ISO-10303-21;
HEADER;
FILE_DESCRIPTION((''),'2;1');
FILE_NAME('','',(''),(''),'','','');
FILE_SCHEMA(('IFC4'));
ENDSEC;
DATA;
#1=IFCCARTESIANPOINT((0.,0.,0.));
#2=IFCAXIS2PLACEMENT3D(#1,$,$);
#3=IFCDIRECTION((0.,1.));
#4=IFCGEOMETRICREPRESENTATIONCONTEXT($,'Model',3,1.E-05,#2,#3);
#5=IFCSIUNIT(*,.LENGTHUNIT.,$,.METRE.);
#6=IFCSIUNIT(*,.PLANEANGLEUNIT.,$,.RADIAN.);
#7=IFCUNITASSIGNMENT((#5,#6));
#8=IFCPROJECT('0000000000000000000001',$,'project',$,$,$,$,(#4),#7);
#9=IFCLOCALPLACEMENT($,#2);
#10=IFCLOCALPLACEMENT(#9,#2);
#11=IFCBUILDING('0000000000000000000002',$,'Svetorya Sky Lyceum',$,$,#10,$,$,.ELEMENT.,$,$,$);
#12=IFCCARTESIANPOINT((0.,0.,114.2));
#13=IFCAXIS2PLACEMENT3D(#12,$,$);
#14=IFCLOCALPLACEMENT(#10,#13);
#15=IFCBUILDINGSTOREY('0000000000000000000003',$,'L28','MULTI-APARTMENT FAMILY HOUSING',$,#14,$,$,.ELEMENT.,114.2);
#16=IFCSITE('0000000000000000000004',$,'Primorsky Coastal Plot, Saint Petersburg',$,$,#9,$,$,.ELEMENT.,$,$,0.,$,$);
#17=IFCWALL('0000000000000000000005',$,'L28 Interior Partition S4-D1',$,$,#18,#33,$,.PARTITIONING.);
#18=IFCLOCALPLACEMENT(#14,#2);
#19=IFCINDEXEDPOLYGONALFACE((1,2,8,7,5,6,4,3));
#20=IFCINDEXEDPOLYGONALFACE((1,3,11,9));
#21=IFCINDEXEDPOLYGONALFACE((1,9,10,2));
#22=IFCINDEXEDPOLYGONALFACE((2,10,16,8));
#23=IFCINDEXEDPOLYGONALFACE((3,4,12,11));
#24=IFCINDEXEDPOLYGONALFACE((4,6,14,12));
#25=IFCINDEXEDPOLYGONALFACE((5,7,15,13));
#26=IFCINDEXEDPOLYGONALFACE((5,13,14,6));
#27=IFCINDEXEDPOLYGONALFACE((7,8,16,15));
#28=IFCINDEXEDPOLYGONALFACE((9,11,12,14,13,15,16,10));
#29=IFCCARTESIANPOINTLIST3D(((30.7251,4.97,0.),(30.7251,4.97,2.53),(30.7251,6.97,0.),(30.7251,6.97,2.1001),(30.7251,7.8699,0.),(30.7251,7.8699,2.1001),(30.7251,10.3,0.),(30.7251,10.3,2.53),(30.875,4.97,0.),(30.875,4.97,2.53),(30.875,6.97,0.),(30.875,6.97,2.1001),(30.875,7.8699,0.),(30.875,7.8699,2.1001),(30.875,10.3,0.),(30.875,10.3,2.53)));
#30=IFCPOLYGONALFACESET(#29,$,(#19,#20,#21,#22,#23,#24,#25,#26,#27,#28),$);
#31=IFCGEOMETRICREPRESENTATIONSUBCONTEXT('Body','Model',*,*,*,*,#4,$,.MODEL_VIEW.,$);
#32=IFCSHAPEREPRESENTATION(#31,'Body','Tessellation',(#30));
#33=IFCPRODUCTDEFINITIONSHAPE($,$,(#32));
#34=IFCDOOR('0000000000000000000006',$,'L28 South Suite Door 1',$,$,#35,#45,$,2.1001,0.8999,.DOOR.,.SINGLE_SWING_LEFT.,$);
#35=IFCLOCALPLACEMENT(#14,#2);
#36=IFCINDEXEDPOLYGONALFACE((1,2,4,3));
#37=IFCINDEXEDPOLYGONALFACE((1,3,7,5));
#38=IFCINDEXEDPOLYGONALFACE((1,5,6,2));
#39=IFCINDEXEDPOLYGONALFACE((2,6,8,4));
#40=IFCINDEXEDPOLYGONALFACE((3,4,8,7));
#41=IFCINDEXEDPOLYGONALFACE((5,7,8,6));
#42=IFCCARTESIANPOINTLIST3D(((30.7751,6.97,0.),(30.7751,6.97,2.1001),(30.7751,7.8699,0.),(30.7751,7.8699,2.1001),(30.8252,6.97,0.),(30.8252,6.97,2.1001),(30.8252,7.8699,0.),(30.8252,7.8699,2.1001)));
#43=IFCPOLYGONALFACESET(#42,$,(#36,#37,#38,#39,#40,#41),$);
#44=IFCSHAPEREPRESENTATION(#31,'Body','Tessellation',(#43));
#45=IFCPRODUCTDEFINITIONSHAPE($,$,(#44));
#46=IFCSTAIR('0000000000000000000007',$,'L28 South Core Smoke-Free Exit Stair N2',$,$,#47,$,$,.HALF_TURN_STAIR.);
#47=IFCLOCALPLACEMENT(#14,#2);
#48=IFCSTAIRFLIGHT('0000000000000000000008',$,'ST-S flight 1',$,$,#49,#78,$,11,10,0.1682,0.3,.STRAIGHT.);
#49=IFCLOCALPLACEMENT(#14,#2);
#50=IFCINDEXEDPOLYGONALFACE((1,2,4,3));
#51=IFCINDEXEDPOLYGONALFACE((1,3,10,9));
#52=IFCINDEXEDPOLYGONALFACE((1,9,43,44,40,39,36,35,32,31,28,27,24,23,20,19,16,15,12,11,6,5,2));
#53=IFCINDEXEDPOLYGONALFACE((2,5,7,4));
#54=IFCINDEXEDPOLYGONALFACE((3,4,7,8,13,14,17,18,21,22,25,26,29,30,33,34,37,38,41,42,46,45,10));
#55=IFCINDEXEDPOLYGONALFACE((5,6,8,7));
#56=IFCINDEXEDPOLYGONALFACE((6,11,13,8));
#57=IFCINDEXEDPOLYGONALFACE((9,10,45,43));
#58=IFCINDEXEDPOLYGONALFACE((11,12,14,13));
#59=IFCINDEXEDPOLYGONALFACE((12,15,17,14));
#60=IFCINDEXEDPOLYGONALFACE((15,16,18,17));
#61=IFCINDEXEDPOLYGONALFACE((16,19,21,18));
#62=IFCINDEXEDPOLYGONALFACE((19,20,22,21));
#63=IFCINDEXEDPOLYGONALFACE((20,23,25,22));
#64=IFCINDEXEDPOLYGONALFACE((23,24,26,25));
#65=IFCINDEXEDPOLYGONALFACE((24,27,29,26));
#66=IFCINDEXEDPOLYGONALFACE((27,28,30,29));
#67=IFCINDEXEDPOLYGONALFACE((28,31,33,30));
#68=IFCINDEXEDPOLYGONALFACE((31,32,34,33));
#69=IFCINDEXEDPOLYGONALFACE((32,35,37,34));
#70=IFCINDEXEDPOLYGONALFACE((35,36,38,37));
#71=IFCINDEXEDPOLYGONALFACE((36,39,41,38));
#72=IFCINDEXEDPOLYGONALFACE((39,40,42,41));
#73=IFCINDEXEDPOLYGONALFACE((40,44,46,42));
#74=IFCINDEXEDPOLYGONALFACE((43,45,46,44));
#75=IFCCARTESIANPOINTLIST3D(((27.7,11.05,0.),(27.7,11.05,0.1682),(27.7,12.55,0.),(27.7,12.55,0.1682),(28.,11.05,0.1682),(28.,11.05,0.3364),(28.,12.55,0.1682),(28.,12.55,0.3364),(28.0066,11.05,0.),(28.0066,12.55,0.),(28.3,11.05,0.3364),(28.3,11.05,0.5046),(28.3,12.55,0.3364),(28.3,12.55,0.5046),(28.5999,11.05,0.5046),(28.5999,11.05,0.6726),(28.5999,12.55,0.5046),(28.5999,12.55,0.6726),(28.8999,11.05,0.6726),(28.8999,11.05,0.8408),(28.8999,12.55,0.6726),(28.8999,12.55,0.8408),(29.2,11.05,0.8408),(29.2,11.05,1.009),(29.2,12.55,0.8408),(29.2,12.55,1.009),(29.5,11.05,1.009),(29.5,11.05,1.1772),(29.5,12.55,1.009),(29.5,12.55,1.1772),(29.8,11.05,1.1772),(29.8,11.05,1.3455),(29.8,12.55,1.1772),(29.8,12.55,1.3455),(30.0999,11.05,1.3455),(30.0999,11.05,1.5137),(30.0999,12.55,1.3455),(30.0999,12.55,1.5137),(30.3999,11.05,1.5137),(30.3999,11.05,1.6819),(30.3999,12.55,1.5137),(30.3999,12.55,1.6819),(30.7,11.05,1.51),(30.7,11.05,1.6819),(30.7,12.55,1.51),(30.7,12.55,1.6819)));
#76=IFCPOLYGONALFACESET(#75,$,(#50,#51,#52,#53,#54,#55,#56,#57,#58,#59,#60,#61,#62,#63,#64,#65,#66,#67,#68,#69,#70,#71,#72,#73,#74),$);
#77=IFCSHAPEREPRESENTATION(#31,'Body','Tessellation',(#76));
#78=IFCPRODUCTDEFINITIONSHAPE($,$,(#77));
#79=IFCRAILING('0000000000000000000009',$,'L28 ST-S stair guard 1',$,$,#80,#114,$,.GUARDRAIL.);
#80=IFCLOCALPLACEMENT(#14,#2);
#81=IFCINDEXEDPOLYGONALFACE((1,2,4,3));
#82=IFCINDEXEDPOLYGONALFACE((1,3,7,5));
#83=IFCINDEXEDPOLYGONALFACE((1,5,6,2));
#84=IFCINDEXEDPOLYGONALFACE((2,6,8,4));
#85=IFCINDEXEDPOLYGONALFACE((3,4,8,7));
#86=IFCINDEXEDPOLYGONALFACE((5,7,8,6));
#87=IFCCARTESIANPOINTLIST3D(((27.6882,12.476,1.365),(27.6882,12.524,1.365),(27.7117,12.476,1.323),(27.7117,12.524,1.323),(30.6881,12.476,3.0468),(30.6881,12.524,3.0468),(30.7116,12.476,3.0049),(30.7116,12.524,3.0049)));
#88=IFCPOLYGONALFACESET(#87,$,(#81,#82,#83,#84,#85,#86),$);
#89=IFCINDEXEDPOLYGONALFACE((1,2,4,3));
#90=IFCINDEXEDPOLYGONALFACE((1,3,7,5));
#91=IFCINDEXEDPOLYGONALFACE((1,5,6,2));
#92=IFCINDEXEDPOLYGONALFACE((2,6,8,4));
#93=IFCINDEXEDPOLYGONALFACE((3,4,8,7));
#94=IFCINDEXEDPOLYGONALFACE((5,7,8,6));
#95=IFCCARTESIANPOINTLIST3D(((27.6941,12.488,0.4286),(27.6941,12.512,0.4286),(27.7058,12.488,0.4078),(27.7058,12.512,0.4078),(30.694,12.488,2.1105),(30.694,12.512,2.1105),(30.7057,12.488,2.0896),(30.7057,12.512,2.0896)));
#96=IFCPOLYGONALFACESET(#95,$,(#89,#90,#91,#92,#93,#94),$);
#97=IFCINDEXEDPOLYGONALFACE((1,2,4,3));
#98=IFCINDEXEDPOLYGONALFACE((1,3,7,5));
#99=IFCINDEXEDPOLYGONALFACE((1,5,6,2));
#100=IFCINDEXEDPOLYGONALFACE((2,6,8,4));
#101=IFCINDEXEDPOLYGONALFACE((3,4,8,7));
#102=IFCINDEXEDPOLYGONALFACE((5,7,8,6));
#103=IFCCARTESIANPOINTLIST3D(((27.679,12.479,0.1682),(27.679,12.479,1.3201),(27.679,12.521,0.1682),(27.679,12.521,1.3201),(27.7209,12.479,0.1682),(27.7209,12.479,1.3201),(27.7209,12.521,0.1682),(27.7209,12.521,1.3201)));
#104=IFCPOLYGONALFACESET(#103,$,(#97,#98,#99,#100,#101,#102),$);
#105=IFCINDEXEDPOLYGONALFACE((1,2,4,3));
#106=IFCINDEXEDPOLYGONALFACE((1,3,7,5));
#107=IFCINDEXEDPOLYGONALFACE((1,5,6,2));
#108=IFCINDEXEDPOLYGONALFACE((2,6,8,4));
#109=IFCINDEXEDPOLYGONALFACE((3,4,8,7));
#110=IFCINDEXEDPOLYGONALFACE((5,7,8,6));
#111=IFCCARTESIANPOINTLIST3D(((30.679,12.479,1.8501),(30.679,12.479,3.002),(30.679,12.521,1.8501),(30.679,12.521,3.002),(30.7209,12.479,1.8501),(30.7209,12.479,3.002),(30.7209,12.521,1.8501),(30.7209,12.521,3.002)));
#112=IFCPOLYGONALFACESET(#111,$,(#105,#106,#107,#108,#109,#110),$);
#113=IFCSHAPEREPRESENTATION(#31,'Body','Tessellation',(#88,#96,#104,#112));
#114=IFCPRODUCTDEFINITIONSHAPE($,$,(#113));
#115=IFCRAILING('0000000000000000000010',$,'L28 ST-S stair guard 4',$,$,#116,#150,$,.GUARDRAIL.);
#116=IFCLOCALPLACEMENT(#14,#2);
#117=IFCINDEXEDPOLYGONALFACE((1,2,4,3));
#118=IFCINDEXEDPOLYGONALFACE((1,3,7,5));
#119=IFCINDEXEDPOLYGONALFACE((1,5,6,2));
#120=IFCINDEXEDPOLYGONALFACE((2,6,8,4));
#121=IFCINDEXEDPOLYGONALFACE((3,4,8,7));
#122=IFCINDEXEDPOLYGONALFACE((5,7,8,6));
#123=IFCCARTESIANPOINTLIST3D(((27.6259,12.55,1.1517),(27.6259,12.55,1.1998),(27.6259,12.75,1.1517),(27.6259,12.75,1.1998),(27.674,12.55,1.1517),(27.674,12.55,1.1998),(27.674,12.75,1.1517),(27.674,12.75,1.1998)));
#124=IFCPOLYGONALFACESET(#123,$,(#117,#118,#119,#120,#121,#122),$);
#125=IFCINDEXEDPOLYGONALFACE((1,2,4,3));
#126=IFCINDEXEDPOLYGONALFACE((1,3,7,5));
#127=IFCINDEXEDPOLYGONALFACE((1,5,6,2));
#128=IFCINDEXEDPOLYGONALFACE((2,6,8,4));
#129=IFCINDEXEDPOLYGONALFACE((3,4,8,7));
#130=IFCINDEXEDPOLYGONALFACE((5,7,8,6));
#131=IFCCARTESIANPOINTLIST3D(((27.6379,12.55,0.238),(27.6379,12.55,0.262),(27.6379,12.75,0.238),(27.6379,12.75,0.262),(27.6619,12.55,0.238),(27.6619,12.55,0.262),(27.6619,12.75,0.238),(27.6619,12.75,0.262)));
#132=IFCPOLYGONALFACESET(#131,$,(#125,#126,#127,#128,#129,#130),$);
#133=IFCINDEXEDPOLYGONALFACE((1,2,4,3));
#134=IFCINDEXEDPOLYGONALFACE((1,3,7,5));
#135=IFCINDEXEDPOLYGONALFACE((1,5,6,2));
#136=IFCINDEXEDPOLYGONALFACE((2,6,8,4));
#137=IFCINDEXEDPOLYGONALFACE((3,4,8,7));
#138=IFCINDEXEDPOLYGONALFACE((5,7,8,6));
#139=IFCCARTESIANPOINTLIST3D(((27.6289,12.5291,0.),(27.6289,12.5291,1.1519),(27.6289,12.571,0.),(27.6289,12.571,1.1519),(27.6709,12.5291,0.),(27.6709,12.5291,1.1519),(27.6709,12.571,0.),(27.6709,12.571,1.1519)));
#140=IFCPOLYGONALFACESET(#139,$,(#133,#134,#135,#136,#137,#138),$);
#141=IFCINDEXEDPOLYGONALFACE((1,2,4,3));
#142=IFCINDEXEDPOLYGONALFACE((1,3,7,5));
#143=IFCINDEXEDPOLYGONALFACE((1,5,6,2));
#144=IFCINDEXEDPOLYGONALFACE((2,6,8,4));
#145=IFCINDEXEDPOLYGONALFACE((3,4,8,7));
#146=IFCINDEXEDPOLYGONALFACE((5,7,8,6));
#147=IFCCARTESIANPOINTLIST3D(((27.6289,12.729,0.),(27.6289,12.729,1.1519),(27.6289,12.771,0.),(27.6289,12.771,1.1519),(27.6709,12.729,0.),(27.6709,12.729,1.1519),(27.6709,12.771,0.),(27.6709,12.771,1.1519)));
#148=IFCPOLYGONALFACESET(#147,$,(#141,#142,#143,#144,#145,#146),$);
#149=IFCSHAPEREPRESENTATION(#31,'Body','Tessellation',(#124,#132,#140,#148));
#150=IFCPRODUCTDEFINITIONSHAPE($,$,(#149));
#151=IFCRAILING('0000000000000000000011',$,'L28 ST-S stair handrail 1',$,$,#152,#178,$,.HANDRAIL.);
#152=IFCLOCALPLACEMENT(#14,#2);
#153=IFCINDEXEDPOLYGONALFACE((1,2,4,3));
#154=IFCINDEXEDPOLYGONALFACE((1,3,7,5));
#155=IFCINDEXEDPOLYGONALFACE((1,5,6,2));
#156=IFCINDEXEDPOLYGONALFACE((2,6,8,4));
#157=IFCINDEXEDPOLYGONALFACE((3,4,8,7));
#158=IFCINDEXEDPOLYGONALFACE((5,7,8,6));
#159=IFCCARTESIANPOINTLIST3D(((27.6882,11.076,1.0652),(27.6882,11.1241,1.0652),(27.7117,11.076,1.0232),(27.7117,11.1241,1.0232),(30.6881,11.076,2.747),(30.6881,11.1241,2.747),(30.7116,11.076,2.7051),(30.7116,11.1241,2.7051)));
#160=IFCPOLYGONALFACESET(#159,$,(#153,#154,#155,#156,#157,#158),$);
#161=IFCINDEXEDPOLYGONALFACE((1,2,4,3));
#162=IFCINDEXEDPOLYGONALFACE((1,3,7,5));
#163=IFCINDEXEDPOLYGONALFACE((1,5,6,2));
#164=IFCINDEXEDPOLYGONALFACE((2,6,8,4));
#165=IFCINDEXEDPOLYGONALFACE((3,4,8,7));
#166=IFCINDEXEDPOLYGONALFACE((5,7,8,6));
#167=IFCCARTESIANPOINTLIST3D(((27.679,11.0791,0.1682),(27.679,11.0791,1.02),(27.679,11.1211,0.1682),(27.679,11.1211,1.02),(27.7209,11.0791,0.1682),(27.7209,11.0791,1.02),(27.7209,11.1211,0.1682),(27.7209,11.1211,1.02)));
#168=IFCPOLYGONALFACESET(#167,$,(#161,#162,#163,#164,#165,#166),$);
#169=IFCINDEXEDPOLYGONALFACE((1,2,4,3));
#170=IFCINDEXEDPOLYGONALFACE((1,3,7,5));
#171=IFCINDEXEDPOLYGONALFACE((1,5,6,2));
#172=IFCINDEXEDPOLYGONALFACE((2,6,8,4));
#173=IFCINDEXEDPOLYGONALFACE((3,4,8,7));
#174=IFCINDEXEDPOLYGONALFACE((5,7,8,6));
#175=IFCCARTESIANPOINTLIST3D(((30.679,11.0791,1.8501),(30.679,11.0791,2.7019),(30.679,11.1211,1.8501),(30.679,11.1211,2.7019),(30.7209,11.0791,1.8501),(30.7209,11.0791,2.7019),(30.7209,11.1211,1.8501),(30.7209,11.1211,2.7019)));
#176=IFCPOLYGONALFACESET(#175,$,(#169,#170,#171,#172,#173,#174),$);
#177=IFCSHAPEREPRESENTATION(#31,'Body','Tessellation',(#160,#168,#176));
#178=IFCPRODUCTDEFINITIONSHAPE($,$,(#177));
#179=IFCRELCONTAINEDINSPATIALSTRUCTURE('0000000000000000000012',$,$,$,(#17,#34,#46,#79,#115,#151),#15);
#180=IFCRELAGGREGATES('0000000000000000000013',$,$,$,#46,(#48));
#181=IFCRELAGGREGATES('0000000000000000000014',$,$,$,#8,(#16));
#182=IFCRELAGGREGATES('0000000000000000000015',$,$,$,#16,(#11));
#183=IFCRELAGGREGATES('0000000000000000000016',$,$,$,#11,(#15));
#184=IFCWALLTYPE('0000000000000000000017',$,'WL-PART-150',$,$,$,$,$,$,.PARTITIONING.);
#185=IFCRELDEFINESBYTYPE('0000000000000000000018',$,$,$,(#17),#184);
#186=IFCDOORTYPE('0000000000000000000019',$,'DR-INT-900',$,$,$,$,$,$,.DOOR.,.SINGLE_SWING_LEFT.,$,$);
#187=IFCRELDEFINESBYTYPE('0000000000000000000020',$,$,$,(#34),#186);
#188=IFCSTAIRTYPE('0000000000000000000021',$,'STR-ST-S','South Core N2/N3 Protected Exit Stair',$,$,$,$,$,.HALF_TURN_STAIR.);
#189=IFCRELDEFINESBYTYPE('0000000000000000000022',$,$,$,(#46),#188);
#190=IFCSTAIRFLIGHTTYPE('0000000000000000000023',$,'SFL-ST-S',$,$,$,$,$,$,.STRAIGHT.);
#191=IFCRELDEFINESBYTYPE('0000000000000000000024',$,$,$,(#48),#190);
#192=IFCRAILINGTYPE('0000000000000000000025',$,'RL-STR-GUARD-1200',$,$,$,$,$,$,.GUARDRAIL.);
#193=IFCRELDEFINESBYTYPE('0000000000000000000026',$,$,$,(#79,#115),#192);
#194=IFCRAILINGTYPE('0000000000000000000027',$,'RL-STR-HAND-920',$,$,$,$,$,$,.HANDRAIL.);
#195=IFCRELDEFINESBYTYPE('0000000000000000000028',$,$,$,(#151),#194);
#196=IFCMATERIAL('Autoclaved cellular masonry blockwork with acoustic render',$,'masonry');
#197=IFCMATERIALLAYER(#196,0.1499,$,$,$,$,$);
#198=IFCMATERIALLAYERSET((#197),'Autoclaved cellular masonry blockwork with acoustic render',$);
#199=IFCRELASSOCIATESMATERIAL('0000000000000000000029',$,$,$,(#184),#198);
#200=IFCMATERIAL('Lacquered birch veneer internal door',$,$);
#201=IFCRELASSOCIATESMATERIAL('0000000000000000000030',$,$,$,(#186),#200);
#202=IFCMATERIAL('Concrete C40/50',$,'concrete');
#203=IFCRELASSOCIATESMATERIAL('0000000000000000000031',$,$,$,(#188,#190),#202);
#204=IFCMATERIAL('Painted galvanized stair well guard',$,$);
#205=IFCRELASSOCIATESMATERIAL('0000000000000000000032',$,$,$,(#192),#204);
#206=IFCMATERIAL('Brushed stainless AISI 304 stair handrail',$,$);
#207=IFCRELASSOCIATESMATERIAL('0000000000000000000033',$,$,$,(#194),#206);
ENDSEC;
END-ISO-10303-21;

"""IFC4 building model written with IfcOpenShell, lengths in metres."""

from ifc_helpers import new_model, si_unit, direction, frame, frame_2d, origin, origin_2d, place, context, subcontext, project, spatial, polyline, rectangle, outline, extrude, material, layer, layer_set, type_object, element, fill, aggregate, save


model = new_model("IFC4")

# Units and contexts
model_context = context("Model", 3, precision=1e-05, world=origin(), true_north=direction((0.0, 1.0)))
body_context = subcontext(model_context, "Body", "Model", "MODEL_VIEW")
ifc_project = project(units=[si_unit("LENGTHUNIT", "METRE"), si_unit("PLANEANGLEUNIT", "RADIAN")], contexts=[model_context])

# Site, building, storey
site_placement = place(None, origin())
site = spatial("IfcSite", under=ifc_project, at=site_placement, Name="Primorsky Coastal Plot, Saint Petersburg", CompositionType="ELEMENT", RefElevation=0.0)
building_placement = place(site_placement, origin())
building = spatial("IfcBuilding", under=site, at=building_placement, Name="Svetorya Sky Lyceum", CompositionType="ELEMENT")
storey_placement = place(building_placement, frame((0.0, 0.0, 114.2)))
storey = spatial("IfcBuildingStorey", under=building, at=storey_placement, Name="L28", Description="MULTI-APARTMENT FAMILY HOUSING", CompositionType="ELEMENT", Elevation=114.2)

# Shared definitions
ifc_material_1 = material(Name="Concrete C40/50", Category="concrete")

# Wall, opening, door
ifc_material_2 = material(Name="Autoclaved cellular masonry blockwork with acoustic render", Category="masonry")
ifc_layer_1 = layer(ifc_material_2, 0.1499)
ifc_layer_set_1 = layer_set([ifc_layer_1], Name="Autoclaved cellular masonry blockwork with acoustic render")
wall_type_1 = type_object("IfcWallType", Name="WL-PART-150", PredefinedType="PARTITIONING", material=ifc_layer_set_1)
wall_1_placement = place(storey_placement, frame((30.8, 4.97, 0.0), z_axis=(0.0, 0.0, 1.0), x_axis=(0.0, 1.0, 0.0)))
wall_1 = element("IfcWall", 1, at=wall_1_placement, inside=storey, type_object=wall_type_1, Name="L28 Interior Partition S4-D1", PredefinedType="PARTITIONING", context=body_context, shape_type="SweptSolid", body=[
    extrude(rectangle(XDim=5.3301, YDim=0.1499, at=frame_2d((2.665, 0.0))), origin(), (0.0, 0.0, 1.0), 2.53),
])
opening_placement = place(wall_1_placement, frame((2.0, 0.0, 0.0)))
opening = element("IfcOpeningElement", 2, at=opening_placement, cuts=wall_1, PredefinedType="OPENING", context=body_context, shape_type="SweptSolid", body=[
    extrude(rectangle(XDim=0.8999, YDim=2.1001, at=frame_2d((0.45, 1.05))), frame((0.0, 0.085, 0.0), z_axis=(0.0, -1.0, 0.0), x_axis=(1.0, 0.0, 0.0)), (0.0, 0.0, 1.0), 0.1699),
])
ifc_material_3 = material(Name="Lacquered birch veneer internal door")
door_type = type_object("IfcDoorType", Name="DR-INT-900", OperationType="SINGLE_SWING_LEFT", PredefinedType="DOOR", material=ifc_material_3)
door_placement = place(opening_placement, origin())
door = element("IfcDoor", 3, at=door_placement, inside=storey, type_object=door_type, Name="L28 South Suite Door 1", OperationType="SINGLE_SWING_LEFT", OverallHeight=2.1001, OverallWidth=0.8999, PredefinedType="DOOR", context=body_context, shape_type="SweptSolid", body=[
    extrude(rectangle(XDim=0.8999, YDim=2.1001, at=frame_2d((0.45, 1.05))), frame((0.0, 0.0249, 0.0), z_axis=(0.0, -1.0, 0.0), x_axis=(1.0, 0.0, 0.0)), (0.0, 0.0, 1.0), 0.05),
])
fill(opening, door)

# Stair, stair flight
stair_type = type_object("IfcStairType", Name="STR-ST-S", Description="South Core N2/N3 Protected Exit Stair", PredefinedType="HALF_TURN_STAIR", material=ifc_material_1)
stair_placement = place(storey_placement, origin())
stair = element("IfcStair", 4, at=stair_placement, inside=storey, type_object=stair_type, Name="L28 South Core Smoke-Free Exit Stair N2", PredefinedType="HALF_TURN_STAIR")
stair_flight_type = type_object("IfcStairFlightType", Name="SFL-ST-S", PredefinedType="STRAIGHT", material=ifc_material_1)
stair_flight_placement = place(storey_placement, frame((27.7, 11.8, 0.0), z_axis=(0.0, 0.0, 1.0), x_axis=(1.0, 0.0, 0.0)))
stair_flight = element("IfcStairFlight", 5, at=stair_flight_placement, type_object=stair_flight_type, Name="ST-S flight 1", NumberOfRisers=11, NumberOfTreads=10, PredefinedType="STRAIGHT", RiserHeight=0.1682, TreadLength=0.3, context=body_context, shape_type="SweptSolid", body=[
    extrude(outline(polyline([(0.0, 0.0), (0.0, 0.1682), (0.3, 0.1682), (0.3, 0.3364), (0.6001, 0.3364), (0.6001, 0.5046), (0.8999, 0.5046), (0.8999, 0.6726), (1.2, 0.6726), (1.2, 0.8408), (1.5, 0.8408), (1.5, 1.009), (1.8, 1.009), (1.8, 1.1772), (2.1001, 1.1772), (2.1001, 1.3455), (2.3999, 1.3455), (2.3999, 1.5137), (2.7, 1.5137), (2.7, 1.6819), (3.0, 1.6819), (3.0, 1.8501), (3.0, 1.51), (0.3066, 0.0), (0.0, 0.0)])), frame((0.0, 0.75, 0.0), z_axis=(0.0, -1.0, 0.0), x_axis=(1.0, 0.0, 0.0)), (0.0, 0.0, 1.0), 1.5),
])
aggregate(stair, [stair_flight])

# Railings
ifc_material_4 = material(Name="Painted galvanized stair well guard")
railing_type_1 = type_object("IfcRailingType", Name="RL-STR-GUARD-1200", PredefinedType="GUARDRAIL", material=ifc_material_4)
railing_1_placement = place(storey_placement, frame((27.7, 12.5, 0.1682)))
element("IfcRailing", 6, at=railing_1_placement, inside=storey, type_object=railing_type_1, Name="L28 ST-S stair guard 1", PredefinedType="GUARDRAIL", context=body_context, shape_type="SweptSolid", body=[
    extrude(rectangle(XDim=0.0481, YDim=0.0481, at=origin_2d()), frame((0.0, 0.0, 1.1758), z_axis=(0.872272, 0.0, 0.48902), x_axis=(0.0, 1.0, 0.0)), (0.0, 0.0, 1.0), 3.4392),
    extrude(rectangle(XDim=0.0239, YDim=0.0239, at=origin_2d()), frame((0.0, 0.0, 0.25), z_axis=(0.872272, 0.0, 0.48902), x_axis=(0.0, 1.0, 0.0)), (0.0, 0.0, 1.0), 3.4392),
    extrude(rectangle(XDim=0.042, YDim=0.042, at=origin_2d()), origin(), (0.0, 0.0, 1.0), 1.1519),
    extrude(rectangle(XDim=0.042, YDim=0.042, at=origin_2d()), frame((3.0, 0.0, 1.6819)), (0.0, 0.0, 1.0), 1.1519),
])
railing_2_placement = place(storey_placement, frame((27.6499, 12.55, 0.0)))
element("IfcRailing", 7, at=railing_2_placement, inside=storey, type_object=railing_type_1, Name="L28 ST-S stair guard 4", PredefinedType="GUARDRAIL", context=body_context, shape_type="SweptSolid", body=[
    extrude(rectangle(XDim=0.0481, YDim=0.0481, at=origin_2d()), frame((0.0, 0.0, 1.1758), z_axis=(0.0, 1.0, 0.0), x_axis=(-1.0, 0.0, 0.0)), (0.0, 0.0, 1.0), 0.2),
    extrude(rectangle(XDim=0.0239, YDim=0.0239, at=origin_2d()), frame((0.0, 0.0, 0.25), z_axis=(0.0, 1.0, 0.0), x_axis=(-1.0, 0.0, 0.0)), (0.0, 0.0, 1.0), 0.2),
    extrude(rectangle(XDim=0.042, YDim=0.042, at=origin_2d()), origin(), (0.0, 0.0, 1.0), 1.1519),
    extrude(rectangle(XDim=0.042, YDim=0.042, at=origin_2d()), frame((0.0, 0.2, 0.0)), (0.0, 0.0, 1.0), 1.1519),
])
ifc_material_5 = material(Name="Brushed stainless AISI 304 stair handrail")
railing_type_2 = type_object("IfcRailingType", Name="RL-STR-HAND-920", PredefinedType="HANDRAIL", material=ifc_material_5)
railing_3_placement = place(storey_placement, frame((27.7, 11.1001, 0.1682)))
element("IfcRailing", 8, at=railing_3_placement, inside=storey, type_object=railing_type_2, Name="L28 ST-S stair handrail 1", PredefinedType="HANDRAIL", context=body_context, shape_type="SweptSolid", body=[
    extrude(rectangle(XDim=0.0481, YDim=0.0481, at=origin_2d()), frame((0.0, 0.0, 0.876), z_axis=(0.872272, 0.0, 0.48902), x_axis=(0.0, 1.0, 0.0)), (0.0, 0.0, 1.0), 3.4392),
    extrude(rectangle(XDim=0.042, YDim=0.042, at=origin_2d()), origin(), (0.0, 0.0, 1.0), 0.8518),
    extrude(rectangle(XDim=0.042, YDim=0.042, at=origin_2d()), frame((3.0, 0.0, 1.6819)), (0.0, 0.0, 1.0), 0.8518),
])

save(model, "model.ifc")
